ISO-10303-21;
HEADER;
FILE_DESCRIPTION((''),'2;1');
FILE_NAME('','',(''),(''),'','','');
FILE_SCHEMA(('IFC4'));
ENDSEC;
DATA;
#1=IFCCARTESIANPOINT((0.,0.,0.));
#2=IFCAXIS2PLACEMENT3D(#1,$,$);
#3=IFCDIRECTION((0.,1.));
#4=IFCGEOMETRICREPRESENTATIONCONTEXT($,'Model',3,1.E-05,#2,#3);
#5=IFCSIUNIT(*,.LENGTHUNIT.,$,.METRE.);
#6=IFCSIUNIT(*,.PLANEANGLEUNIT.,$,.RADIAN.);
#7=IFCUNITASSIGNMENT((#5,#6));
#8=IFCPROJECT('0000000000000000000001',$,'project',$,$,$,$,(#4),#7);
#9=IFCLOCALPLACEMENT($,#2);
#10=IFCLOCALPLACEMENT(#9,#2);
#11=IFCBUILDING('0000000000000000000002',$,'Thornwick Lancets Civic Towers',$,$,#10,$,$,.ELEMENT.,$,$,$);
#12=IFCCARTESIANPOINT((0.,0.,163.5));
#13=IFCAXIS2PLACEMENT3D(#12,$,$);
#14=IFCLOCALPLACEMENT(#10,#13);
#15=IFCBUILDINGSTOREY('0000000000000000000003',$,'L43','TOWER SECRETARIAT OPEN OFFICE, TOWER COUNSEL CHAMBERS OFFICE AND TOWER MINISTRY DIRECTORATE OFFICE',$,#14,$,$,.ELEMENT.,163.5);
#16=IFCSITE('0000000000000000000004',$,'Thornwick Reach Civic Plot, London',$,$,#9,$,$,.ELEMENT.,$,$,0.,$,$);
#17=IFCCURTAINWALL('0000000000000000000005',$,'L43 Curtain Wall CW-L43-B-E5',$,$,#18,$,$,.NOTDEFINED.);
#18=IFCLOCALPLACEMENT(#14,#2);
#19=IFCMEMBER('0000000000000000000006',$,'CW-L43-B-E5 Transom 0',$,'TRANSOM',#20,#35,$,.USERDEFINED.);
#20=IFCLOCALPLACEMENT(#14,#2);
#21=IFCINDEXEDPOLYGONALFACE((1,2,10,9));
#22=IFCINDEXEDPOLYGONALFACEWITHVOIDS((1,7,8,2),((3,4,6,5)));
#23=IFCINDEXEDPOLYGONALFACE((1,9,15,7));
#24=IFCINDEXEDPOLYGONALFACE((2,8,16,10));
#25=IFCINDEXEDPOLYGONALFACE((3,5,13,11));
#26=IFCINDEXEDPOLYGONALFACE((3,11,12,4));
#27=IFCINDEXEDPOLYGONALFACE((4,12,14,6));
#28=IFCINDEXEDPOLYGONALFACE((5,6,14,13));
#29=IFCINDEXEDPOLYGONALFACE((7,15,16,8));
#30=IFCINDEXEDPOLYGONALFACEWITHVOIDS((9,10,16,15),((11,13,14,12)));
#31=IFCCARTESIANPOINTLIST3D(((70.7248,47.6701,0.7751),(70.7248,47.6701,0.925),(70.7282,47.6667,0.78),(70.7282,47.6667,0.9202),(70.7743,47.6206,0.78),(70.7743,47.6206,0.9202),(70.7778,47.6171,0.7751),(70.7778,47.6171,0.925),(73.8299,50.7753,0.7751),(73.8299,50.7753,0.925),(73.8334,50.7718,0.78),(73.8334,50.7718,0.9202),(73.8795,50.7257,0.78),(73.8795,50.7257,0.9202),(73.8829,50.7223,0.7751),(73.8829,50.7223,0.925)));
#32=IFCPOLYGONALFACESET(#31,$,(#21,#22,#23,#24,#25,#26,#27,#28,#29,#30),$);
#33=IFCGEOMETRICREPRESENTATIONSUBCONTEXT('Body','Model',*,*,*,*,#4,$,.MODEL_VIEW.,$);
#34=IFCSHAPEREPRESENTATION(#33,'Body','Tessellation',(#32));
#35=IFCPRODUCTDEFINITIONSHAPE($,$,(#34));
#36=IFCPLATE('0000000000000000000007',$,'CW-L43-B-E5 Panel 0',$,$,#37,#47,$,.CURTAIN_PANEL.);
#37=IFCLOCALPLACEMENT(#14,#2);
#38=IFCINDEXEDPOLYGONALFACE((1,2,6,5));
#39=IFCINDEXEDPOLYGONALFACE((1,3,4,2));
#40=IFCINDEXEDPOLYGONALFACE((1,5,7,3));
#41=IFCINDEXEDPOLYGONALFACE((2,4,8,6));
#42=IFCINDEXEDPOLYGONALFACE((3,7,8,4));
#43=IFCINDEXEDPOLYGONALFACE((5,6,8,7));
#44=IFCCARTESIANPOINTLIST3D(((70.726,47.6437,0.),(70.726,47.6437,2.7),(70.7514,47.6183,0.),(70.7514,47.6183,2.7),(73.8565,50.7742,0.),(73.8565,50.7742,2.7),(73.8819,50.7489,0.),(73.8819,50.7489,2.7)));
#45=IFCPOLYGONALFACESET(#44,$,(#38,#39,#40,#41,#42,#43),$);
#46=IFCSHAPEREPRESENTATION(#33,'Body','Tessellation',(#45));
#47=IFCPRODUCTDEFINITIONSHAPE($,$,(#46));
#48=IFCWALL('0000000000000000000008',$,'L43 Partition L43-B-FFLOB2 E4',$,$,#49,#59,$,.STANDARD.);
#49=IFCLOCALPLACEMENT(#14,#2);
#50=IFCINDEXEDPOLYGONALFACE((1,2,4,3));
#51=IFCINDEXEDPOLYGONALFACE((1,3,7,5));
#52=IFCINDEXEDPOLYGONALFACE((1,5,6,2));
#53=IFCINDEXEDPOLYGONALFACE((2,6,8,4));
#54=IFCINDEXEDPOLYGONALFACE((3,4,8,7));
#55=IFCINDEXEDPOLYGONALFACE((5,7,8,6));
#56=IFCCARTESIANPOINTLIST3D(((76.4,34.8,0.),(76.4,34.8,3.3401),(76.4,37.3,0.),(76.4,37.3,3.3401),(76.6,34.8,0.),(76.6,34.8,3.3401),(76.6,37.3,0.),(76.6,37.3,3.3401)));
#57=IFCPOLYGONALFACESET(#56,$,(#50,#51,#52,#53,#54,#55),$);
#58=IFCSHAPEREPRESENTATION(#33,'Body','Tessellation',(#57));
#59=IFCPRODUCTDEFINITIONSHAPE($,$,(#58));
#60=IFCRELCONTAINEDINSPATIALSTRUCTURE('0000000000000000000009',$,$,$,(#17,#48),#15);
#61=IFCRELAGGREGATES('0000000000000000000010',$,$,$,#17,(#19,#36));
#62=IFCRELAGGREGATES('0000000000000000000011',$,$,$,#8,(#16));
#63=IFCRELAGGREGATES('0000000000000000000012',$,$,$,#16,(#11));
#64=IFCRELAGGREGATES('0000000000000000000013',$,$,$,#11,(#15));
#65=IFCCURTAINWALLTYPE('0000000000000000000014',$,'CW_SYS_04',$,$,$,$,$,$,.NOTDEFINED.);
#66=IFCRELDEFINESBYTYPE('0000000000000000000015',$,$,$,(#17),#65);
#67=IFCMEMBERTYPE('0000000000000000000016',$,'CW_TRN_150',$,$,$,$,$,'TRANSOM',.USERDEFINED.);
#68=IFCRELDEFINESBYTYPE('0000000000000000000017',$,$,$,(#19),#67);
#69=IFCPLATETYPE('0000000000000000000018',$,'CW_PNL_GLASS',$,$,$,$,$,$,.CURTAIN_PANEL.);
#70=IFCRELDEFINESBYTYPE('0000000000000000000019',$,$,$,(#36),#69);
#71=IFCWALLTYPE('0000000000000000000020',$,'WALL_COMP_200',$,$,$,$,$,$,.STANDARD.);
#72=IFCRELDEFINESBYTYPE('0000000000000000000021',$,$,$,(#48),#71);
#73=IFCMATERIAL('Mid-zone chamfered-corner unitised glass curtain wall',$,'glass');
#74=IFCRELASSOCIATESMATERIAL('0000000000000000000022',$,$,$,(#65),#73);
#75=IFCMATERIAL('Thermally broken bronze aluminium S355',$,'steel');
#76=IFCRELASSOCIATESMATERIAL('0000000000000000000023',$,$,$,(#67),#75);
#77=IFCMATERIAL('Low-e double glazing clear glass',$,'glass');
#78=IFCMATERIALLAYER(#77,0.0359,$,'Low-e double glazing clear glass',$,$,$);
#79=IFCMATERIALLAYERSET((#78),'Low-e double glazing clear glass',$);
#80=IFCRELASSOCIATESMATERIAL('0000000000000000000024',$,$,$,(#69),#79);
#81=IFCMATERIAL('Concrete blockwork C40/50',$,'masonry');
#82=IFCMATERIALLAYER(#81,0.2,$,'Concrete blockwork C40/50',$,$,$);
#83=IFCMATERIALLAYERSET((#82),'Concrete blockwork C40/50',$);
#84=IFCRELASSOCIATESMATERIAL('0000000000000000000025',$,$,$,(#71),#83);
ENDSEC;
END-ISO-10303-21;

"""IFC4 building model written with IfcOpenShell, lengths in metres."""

from ifc_helpers import new_model, si_unit, direction, frame, frame_2d, origin, origin_2d, place, context, subcontext, project, spatial, rectangle, hollow_rectangle, extrude, material, layer, layer_set, material_profile, profile_set, type_object, element, aggregate, save


model = new_model("IFC4")

# Units and contexts
model_context = context("Model", 3, precision=1e-05, world=origin(), true_north=direction((0.0, 1.0)))
body_context = subcontext(model_context, "Body", "Model", "MODEL_VIEW")
ifc_project = project(units=[si_unit("LENGTHUNIT", "METRE"), si_unit("PLANEANGLEUNIT", "RADIAN")], contexts=[model_context])

# Site, building, storey
site_placement = place(None, origin())
site = spatial("IfcSite", under=ifc_project, at=site_placement, Name="Thornwick Reach Civic Plot, London", CompositionType="ELEMENT", RefElevation=0.0)
building_placement = place(site_placement, origin())
building = spatial("IfcBuilding", under=site, at=building_placement, Name="Thornwick Lancets Civic Towers", CompositionType="ELEMENT")
storey_placement = place(building_placement, frame((0.0, 0.0, 163.5)))
storey = spatial("IfcBuildingStorey", under=building, at=storey_placement, Name="L43", Description="TOWER SECRETARIAT OPEN OFFICE, TOWER COUNSEL CHAMBERS OFFICE AND TOWER MINISTRY DIRECTORATE OFFICE", CompositionType="ELEMENT", Elevation=163.5)

# Curtain wall, member, plate
ifc_material_1 = material(Name="Mid-zone chamfered-corner unitised glass curtain wall", Category="glass")
curtain_wall_type = type_object("IfcCurtainWallType", Name="CW_SYS_04", PredefinedType="NOTDEFINED", material=ifc_material_1)
curtain_wall_placement = place(storey_placement, origin())
curtain_wall = element("IfcCurtainWall", 1, at=curtain_wall_placement, inside=storey, type_object=curtain_wall_type, Name="L43 Curtain Wall CW-L43-B-E5", PredefinedType="NOTDEFINED")
ifc_material_2 = material(Name="Thermally broken bronze aluminium S355", Category="steel")
ifc_material_profile_1 = material_profile(ifc_material_2, hollow_rectangle(XDim=0.075, YDim=0.1499, WallThickness=0.0049, at=origin_2d()), Name="RHS 150x75x5")
ifc_profile_set_1 = profile_set([ifc_material_profile_1], Name="Thermally broken bronze aluminium S355")
member_type_1 = type_object("IfcMemberType", Name="CW_TRN_150", ElementType="TRANSOM", PredefinedType="USERDEFINED", material=ifc_profile_set_1)
member_1_placement = place(storey_placement, frame((73.8564, 50.7488, 0.8501), z_axis=(-0.707107, -0.707107, 0.0), x_axis=(0.707107, -0.707107, 0.0)))
member_1 = element("IfcMember", 2, at=member_1_placement, type_object=member_type_1, Name="CW-L43-B-E5 Transom 0", ObjectType="TRANSOM", PredefinedType="USERDEFINED", context=body_context, shape_type="SweptSolid", body=[
    extrude(hollow_rectangle(XDim=0.075, YDim=0.1499, WallThickness=0.0049, at=origin_2d()), origin(), (0.0, 0.0, 1.0), 4.3914),
])
ifc_material_3 = material(Name="Low-e double glazing clear glass", Category="glass")
ifc_layer_1 = layer(ifc_material_3, 0.0359, Name="Low-e double glazing clear glass")
ifc_layer_set_1 = layer_set([ifc_layer_1], Name="Low-e double glazing clear glass")
plate_type = type_object("IfcPlateType", Name="CW_PNL_GLASS", PredefinedType="CURTAIN_PANEL", material=ifc_layer_set_1)
plate_placement = place(storey_placement, frame((72.304, 49.1963, 0.0), z_axis=(0.0, 0.0, 1.0), x_axis=(-0.707107, -0.707107, 0.0)))
plate = element("IfcPlate", 3, at=plate_placement, type_object=plate_type, Name="CW-L43-B-E5 Panel 0", PredefinedType="CURTAIN_PANEL", context=body_context, shape_type="SweptSolid", body=[
    extrude(rectangle(XDim=4.4272, YDim=0.0359, at=origin_2d()), origin(), (0.0, 0.0, 1.0), 2.7),
])
aggregate(curtain_wall, [member_1, plate])

# Wall
ifc_material_4 = material(Name="Concrete blockwork C40/50", Category="masonry")
ifc_layer_2 = layer(ifc_material_4, 0.2, Name="Concrete blockwork C40/50")
ifc_layer_set_2 = layer_set([ifc_layer_2], Name="Concrete blockwork C40/50")
wall_type_1 = type_object("IfcWallType", Name="WALL_COMP_200", PredefinedType="STANDARD", material=ifc_layer_set_2)
wall_1_placement = place(storey_placement, frame((76.5, 37.3, 0.0), z_axis=(0.0, 0.0, 1.0), x_axis=(0.0, -1.0, 0.0)))
element("IfcWall", 4, at=wall_1_placement, inside=storey, type_object=wall_type_1, Name="L43 Partition L43-B-FFLOB2 E4", PredefinedType="STANDARD", context=body_context, shape_type="SweptSolid", body=[
    extrude(rectangle(XDim=2.5, YDim=0.2, at=frame_2d((1.25, 0.0))), origin(), (0.0, 0.0, 1.0), 3.3401),
])

save(model, "model.ifc")
